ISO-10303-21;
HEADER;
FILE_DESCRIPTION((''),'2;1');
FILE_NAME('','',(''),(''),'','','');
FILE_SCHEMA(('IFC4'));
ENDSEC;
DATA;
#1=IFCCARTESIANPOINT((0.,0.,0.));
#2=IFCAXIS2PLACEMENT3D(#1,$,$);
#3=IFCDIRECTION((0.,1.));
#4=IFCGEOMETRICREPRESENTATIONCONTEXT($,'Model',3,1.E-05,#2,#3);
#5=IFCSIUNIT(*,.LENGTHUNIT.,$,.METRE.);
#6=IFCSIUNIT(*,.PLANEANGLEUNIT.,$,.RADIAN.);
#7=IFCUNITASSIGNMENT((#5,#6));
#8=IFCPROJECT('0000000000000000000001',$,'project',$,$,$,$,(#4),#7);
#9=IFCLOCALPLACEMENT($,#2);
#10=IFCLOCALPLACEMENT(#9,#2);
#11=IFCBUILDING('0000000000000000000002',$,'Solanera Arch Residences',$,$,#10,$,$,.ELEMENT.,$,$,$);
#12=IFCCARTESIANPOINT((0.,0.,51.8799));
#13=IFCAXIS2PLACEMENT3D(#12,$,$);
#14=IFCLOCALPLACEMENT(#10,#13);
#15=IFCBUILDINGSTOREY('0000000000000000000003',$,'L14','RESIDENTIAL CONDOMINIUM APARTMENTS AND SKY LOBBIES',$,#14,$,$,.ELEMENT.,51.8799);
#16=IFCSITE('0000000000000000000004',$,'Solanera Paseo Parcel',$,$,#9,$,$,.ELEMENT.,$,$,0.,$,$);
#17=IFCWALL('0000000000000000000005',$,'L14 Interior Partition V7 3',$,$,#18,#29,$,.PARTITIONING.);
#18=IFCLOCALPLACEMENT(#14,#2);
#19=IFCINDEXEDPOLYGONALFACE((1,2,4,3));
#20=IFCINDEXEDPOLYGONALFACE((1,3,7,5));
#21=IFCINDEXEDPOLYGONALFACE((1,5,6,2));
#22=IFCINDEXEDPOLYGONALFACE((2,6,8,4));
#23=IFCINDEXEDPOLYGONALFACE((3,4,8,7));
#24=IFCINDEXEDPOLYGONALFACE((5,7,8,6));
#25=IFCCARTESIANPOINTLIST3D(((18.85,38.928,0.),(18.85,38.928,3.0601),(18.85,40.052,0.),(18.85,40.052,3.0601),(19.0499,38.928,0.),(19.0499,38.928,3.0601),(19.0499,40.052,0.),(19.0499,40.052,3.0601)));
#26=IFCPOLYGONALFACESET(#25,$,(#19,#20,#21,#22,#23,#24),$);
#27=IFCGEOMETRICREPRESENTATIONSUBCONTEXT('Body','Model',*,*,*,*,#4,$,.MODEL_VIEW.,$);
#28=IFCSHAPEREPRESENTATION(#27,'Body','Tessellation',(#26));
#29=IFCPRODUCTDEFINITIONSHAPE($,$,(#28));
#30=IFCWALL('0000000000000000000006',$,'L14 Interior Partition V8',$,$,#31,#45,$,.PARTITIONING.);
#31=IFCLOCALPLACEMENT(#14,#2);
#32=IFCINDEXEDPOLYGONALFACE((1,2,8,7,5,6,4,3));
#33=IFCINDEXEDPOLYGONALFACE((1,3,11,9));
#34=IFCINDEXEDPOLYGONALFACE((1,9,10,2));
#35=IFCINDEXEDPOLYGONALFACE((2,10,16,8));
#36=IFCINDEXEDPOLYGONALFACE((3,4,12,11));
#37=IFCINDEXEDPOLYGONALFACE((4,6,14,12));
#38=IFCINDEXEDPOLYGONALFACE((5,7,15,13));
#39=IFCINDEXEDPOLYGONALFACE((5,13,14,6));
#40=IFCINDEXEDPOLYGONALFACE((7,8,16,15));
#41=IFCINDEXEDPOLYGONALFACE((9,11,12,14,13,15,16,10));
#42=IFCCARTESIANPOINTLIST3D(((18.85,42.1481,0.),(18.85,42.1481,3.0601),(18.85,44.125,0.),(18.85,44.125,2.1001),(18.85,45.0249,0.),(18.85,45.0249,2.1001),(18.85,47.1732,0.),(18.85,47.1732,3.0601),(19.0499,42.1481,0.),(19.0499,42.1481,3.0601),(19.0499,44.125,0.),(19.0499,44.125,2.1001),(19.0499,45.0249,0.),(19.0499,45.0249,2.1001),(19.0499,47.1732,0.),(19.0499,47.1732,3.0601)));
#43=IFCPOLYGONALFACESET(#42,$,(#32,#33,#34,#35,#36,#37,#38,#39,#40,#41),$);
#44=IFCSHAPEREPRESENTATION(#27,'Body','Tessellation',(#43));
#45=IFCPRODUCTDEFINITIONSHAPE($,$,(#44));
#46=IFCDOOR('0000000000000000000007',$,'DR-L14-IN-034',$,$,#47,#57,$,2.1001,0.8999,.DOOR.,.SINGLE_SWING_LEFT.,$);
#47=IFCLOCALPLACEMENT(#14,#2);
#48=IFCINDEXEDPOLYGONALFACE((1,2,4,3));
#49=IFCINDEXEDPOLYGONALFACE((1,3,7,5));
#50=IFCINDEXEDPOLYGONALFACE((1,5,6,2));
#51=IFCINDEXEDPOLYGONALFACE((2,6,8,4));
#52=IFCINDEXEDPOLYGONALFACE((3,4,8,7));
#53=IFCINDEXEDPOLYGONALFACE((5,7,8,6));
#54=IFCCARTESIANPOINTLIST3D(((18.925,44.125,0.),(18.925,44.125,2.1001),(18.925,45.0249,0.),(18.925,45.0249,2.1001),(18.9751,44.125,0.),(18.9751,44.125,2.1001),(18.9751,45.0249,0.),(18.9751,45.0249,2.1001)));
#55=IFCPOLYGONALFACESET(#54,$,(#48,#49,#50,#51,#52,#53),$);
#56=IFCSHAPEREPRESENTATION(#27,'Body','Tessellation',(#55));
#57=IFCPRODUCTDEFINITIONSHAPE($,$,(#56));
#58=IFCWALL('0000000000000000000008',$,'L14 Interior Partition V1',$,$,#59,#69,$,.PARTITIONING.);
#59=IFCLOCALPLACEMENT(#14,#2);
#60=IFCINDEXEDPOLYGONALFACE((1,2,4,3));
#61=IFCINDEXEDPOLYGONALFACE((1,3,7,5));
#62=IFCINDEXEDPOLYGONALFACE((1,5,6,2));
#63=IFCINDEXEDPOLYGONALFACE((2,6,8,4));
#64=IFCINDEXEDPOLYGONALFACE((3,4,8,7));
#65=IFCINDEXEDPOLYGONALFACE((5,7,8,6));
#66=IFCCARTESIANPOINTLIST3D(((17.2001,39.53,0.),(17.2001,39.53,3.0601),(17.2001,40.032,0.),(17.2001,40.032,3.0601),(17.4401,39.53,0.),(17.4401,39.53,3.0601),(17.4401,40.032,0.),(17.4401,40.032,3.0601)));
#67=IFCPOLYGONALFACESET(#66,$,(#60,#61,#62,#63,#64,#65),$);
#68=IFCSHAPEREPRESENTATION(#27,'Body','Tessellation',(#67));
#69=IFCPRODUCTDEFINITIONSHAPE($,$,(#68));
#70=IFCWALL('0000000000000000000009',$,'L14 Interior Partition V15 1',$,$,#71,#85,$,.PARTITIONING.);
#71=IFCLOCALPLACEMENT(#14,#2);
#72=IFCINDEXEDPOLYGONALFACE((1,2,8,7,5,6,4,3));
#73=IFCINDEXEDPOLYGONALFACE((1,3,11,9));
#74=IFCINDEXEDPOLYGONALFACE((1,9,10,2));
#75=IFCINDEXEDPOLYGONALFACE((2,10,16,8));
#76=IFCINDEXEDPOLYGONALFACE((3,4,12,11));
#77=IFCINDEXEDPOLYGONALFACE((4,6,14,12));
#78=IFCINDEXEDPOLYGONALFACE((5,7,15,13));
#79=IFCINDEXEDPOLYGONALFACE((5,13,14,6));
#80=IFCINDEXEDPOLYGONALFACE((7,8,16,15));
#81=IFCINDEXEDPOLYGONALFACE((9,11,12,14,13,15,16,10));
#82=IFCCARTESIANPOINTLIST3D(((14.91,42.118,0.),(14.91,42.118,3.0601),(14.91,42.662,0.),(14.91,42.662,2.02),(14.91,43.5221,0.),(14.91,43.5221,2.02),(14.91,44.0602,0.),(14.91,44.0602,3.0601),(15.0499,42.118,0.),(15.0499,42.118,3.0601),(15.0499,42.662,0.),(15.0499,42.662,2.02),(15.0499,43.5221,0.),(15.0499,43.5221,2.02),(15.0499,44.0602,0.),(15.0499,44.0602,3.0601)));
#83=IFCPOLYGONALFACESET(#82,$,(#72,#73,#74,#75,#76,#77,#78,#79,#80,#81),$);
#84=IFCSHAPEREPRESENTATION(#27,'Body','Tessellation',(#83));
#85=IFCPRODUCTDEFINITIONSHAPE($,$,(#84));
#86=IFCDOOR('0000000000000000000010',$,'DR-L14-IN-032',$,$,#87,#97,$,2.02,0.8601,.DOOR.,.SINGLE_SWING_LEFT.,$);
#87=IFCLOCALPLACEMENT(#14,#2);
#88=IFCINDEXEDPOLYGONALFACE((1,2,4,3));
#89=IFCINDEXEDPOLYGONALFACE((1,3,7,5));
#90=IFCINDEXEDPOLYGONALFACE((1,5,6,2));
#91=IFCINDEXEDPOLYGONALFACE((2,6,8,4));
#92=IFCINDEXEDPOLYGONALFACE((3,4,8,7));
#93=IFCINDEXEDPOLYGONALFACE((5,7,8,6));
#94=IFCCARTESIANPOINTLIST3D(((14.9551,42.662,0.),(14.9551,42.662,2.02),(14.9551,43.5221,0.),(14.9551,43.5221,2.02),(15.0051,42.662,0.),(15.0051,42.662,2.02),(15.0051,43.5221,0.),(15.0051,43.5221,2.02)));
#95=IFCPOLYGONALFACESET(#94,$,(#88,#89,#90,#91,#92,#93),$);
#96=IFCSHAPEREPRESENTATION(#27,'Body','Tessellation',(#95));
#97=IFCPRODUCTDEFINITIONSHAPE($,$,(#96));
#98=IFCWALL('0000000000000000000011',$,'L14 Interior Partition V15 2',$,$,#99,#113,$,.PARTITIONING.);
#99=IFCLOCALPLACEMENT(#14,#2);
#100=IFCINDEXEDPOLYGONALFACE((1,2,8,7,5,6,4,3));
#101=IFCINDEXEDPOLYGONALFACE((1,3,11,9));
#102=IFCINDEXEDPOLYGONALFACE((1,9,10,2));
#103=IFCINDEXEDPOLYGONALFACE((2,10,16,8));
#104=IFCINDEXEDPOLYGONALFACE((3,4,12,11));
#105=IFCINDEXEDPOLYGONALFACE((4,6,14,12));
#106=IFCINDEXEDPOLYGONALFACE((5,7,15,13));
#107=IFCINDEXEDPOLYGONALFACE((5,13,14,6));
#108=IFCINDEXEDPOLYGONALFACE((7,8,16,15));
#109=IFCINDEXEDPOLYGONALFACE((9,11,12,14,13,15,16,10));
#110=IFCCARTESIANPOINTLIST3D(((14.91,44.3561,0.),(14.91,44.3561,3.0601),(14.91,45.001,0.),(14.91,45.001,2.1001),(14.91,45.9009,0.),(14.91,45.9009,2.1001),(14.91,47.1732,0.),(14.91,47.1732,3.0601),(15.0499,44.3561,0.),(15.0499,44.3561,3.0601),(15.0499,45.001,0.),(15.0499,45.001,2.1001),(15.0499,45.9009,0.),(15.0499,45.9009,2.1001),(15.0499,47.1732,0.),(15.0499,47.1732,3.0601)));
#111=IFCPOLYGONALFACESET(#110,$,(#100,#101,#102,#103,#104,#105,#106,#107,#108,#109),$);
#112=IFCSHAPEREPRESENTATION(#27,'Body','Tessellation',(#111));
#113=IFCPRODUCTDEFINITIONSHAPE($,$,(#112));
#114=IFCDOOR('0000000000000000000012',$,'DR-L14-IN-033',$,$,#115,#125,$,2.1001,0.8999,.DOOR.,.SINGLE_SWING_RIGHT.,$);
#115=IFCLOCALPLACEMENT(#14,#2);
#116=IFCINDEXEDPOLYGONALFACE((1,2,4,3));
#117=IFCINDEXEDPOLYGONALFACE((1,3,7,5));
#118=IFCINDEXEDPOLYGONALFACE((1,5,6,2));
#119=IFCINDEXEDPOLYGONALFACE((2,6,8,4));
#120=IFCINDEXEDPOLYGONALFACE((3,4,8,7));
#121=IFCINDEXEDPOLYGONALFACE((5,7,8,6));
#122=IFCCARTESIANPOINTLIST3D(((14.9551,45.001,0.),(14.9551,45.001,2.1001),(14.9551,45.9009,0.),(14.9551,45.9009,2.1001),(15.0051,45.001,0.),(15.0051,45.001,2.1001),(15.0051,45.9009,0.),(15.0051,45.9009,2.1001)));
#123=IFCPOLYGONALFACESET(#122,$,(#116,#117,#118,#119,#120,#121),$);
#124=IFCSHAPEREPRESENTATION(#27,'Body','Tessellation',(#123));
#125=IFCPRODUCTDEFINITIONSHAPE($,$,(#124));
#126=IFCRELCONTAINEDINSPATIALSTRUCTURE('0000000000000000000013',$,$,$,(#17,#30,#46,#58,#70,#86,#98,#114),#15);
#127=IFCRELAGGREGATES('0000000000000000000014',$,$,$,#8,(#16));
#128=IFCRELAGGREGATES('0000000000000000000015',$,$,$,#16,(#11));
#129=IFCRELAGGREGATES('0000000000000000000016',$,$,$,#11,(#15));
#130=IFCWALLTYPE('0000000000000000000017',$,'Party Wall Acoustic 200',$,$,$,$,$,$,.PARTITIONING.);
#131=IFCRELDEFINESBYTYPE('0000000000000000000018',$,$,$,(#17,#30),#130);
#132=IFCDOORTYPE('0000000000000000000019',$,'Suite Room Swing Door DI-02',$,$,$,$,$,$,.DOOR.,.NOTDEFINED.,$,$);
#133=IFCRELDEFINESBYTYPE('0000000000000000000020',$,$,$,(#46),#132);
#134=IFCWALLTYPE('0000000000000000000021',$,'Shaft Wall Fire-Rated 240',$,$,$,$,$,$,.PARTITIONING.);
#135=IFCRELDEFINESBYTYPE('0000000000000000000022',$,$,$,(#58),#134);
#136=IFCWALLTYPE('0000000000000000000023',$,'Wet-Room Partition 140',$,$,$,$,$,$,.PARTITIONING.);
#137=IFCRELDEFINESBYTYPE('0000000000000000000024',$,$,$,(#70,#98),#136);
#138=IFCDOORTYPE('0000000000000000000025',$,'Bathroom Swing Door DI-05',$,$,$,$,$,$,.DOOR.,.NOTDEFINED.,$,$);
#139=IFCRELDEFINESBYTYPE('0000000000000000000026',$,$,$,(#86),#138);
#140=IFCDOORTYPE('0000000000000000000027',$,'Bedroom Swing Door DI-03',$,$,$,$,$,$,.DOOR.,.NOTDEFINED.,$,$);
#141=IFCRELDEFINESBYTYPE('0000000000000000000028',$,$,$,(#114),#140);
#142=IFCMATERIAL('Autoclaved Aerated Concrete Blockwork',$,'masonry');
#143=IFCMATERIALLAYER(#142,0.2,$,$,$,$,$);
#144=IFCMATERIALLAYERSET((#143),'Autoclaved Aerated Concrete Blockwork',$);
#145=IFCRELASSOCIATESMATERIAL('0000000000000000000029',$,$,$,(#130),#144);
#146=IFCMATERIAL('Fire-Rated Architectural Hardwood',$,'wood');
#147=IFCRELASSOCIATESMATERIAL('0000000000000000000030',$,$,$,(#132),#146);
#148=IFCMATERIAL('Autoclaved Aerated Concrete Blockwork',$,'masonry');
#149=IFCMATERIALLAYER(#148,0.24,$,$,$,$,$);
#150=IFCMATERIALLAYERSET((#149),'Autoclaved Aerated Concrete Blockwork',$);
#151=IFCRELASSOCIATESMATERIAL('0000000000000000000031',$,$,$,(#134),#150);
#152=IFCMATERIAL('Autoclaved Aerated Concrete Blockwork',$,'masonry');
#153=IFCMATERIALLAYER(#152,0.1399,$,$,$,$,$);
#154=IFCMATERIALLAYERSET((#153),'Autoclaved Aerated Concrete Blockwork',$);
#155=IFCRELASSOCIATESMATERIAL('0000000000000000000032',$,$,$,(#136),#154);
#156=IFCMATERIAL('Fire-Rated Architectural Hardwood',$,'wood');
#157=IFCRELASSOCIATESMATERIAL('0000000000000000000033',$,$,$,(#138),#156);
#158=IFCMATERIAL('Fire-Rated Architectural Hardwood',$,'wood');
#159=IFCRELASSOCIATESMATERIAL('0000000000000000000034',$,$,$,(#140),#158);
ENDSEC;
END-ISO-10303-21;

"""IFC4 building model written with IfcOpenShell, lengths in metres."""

from ifc_helpers import new_model, si_unit, direction, frame, frame_2d, origin, place, context, subcontext, project, spatial, rectangle, extrude, material, layer, layer_set, type_object, element, fill, save


model = new_model("IFC4")

# Units and contexts
model_context = context("Model", 3, precision=1e-05, world=origin(), true_north=direction((0.0, 1.0)))
body_context = subcontext(model_context, "Body", "Model", "MODEL_VIEW")
ifc_project = project(units=[si_unit("LENGTHUNIT", "METRE"), si_unit("PLANEANGLEUNIT", "RADIAN")], contexts=[model_context])

# Site, building, storey
site_placement = place(None, origin())
site = spatial("IfcSite", under=ifc_project, at=site_placement, Name="Solanera Paseo Parcel", CompositionType="ELEMENT", RefElevation=0.0)
building_placement = place(site_placement, origin())
building = spatial("IfcBuilding", under=site, at=building_placement, Name="Solanera Arch Residences", CompositionType="ELEMENT")
storey_placement = place(building_placement, frame((0.0, 0.0, 51.8799)))
storey = spatial("IfcBuildingStorey", under=building, at=storey_placement, Name="L14", Description="RESIDENTIAL CONDOMINIUM APARTMENTS AND SKY LOBBIES", CompositionType="ELEMENT", Elevation=51.8799)

# Wall
ifc_material_1 = material(Name="Autoclaved Aerated Concrete Blockwork", Category="masonry")
ifc_layer_1 = layer(ifc_material_1, 0.2)
ifc_layer_set_1 = layer_set([ifc_layer_1], Name="Autoclaved Aerated Concrete Blockwork")
wall_type_1 = type_object("IfcWallType", Name="Party Wall Acoustic 200", PredefinedType="PARTITIONING", material=ifc_layer_set_1)
wall_1_placement = place(storey_placement, frame((18.95, 38.928, 0.0), z_axis=(0.0, 0.0, 1.0), x_axis=(0.0, 1.0, 0.0)))
element("IfcWall", 1, at=wall_1_placement, inside=storey, type_object=wall_type_1, Name="L14 Interior Partition V7 3", PredefinedType="PARTITIONING", context=body_context, shape_type="SweptSolid", body=[
    extrude(rectangle(XDim=1.124, YDim=0.2, at=frame_2d((0.562, 0.0))), origin(), (0.0, 0.0, 1.0), 3.0601),
])

# Wall, opening, door
wall_2_placement = place(storey_placement, frame((18.95, 42.1479, 0.0), z_axis=(0.0, 0.0, 1.0), x_axis=(0.0, 1.0, 0.0)))
wall_2 = element("IfcWall", 2, at=wall_2_placement, inside=storey, type_object=wall_type_1, Name="L14 Interior Partition V8", PredefinedType="PARTITIONING", context=body_context, shape_type="SweptSolid", body=[
    extrude(rectangle(XDim=5.0251, YDim=0.2, at=frame_2d((2.5127, 0.0))), origin(), (0.0, 0.0, 1.0), 3.0601),
])
opening_1_placement = place(wall_2_placement, frame((1.9771, 0.0, 0.0)))
opening_1 = element("IfcOpeningElement", 3, at=opening_1_placement, cuts=wall_2, PredefinedType="OPENING", context=body_context, shape_type="SweptSolid", body=[
    extrude(rectangle(XDim=0.8999, YDim=2.1001, at=frame_2d((0.45, 1.05))), frame((0.0, 0.1101, 0.0), z_axis=(0.0, -1.0, 0.0), x_axis=(1.0, 0.0, 0.0)), (0.0, 0.0, 1.0), 0.22),
])
ifc_material_2 = material(Name="Fire-Rated Architectural Hardwood", Category="wood")
door_type_1 = type_object("IfcDoorType", Name="Suite Room Swing Door DI-02", OperationType="NOTDEFINED", PredefinedType="DOOR", material=ifc_material_2)
door_1_placement = place(opening_1_placement, origin())
door_1 = element("IfcDoor", 4, at=door_1_placement, inside=storey, type_object=door_type_1, Name="DR-L14-IN-034", OperationType="SINGLE_SWING_LEFT", OverallHeight=2.1001, OverallWidth=0.8999, PredefinedType="DOOR", context=body_context, shape_type="SweptSolid", body=[
    extrude(rectangle(XDim=0.8999, YDim=2.1001, at=frame_2d((0.45, 1.05))), frame((0.0, 0.0249, 0.0), z_axis=(0.0, -1.0, 0.0), x_axis=(1.0, 0.0, 0.0)), (0.0, 0.0, 1.0), 0.05),
])
fill(opening_1, door_1)

# Wall
ifc_material_3 = material(Name="Autoclaved Aerated Concrete Blockwork", Category="masonry")
ifc_layer_2 = layer(ifc_material_3, 0.24)
ifc_layer_set_2 = layer_set([ifc_layer_2], Name="Autoclaved Aerated Concrete Blockwork")
wall_type_2 = type_object("IfcWallType", Name="Shaft Wall Fire-Rated 240", PredefinedType="PARTITIONING", material=ifc_layer_set_2)
wall_3_placement = place(storey_placement, frame((17.3201, 39.53, 0.0), z_axis=(0.0, 0.0, 1.0), x_axis=(0.0, 1.0, 0.0)))
element("IfcWall", 5, at=wall_3_placement, inside=storey, type_object=wall_type_2, Name="L14 Interior Partition V1", PredefinedType="PARTITIONING", context=body_context, shape_type="SweptSolid", body=[
    extrude(rectangle(XDim=0.502, YDim=0.24, at=frame_2d((0.251, 0.0))), origin(), (0.0, 0.0, 1.0), 3.0601),
])

# Walls, openings, doors
ifc_material_4 = material(Name="Autoclaved Aerated Concrete Blockwork", Category="masonry")
ifc_layer_3 = layer(ifc_material_4, 0.1399)
ifc_layer_set_3 = layer_set([ifc_layer_3], Name="Autoclaved Aerated Concrete Blockwork")
wall_type_3 = type_object("IfcWallType", Name="Wet-Room Partition 140", PredefinedType="PARTITIONING", material=ifc_layer_set_3)
wall_4_placement = place(storey_placement, frame((14.98, 42.1179, 0.0), z_axis=(0.0, 0.0, 1.0), x_axis=(0.0, 1.0, 0.0)))
wall_4 = element("IfcWall", 6, at=wall_4_placement, inside=storey, type_object=wall_type_3, Name="L14 Interior Partition V15 1", PredefinedType="PARTITIONING", context=body_context, shape_type="SweptSolid", body=[
    extrude(rectangle(XDim=1.9421, YDim=0.1399, at=frame_2d((0.9712, 0.0))), origin(), (0.0, 0.0, 1.0), 3.0601),
])
opening_2_placement = place(wall_4_placement, frame((0.5439, 0.0, 0.0)))
opening_2 = element("IfcOpeningElement", 7, at=opening_2_placement, cuts=wall_4, PredefinedType="OPENING", context=body_context, shape_type="SweptSolid", body=[
    extrude(rectangle(XDim=0.8601, YDim=2.02, at=frame_2d((0.4302, 1.01))), frame((0.0, 0.0798, 0.0), z_axis=(0.0, -1.0, 0.0), x_axis=(1.0, 0.0, 0.0)), (0.0, 0.0, 1.0), 0.1599),
])
ifc_material_5 = material(Name="Fire-Rated Architectural Hardwood", Category="wood")
door_type_2 = type_object("IfcDoorType", Name="Bathroom Swing Door DI-05", OperationType="NOTDEFINED", PredefinedType="DOOR", material=ifc_material_5)
door_2_placement = place(opening_2_placement, origin())
door_2 = element("IfcDoor", 8, at=door_2_placement, inside=storey, type_object=door_type_2, Name="DR-L14-IN-032", OperationType="SINGLE_SWING_LEFT", OverallHeight=2.02, OverallWidth=0.8601, PredefinedType="DOOR", context=body_context, shape_type="SweptSolid", body=[
    extrude(rectangle(XDim=0.8601, YDim=2.02, at=frame_2d((0.4302, 1.01))), frame((0.0, 0.0249, 0.0), z_axis=(0.0, -1.0, 0.0), x_axis=(1.0, 0.0, 0.0)), (0.0, 0.0, 1.0), 0.05),
])
fill(opening_2, door_2)
wall_5_placement = place(storey_placement, frame((14.98, 44.356, 0.0), z_axis=(0.0, 0.0, 1.0), x_axis=(0.0, 1.0, 0.0)))
wall_5 = element("IfcWall", 9, at=wall_5_placement, inside=storey, type_object=wall_type_3, Name="L14 Interior Partition V15 2", PredefinedType="PARTITIONING", context=body_context, shape_type="SweptSolid", body=[
    extrude(rectangle(XDim=2.8171, YDim=0.1399, at=frame_2d((1.4087, 0.0))), origin(), (0.0, 0.0, 1.0), 3.0601),
])
opening_3_placement = place(wall_5_placement, frame((0.645, 0.0, 0.0)))
opening_3 = element("IfcOpeningElement", 10, at=opening_3_placement, cuts=wall_5, PredefinedType="OPENING", context=body_context, shape_type="SweptSolid", body=[
    extrude(rectangle(XDim=0.8999, YDim=2.1001, at=frame_2d((0.45, 1.05))), frame((0.0, 0.0798, 0.0), z_axis=(0.0, -1.0, 0.0), x_axis=(1.0, 0.0, 0.0)), (0.0, 0.0, 1.0), 0.1599),
])
ifc_material_6 = material(Name="Fire-Rated Architectural Hardwood", Category="wood")
door_type_3 = type_object("IfcDoorType", Name="Bedroom Swing Door DI-03", OperationType="NOTDEFINED", PredefinedType="DOOR", material=ifc_material_6)
door_3_placement = place(opening_3_placement, origin())
door_3 = element("IfcDoor", 11, at=door_3_placement, inside=storey, type_object=door_type_3, Name="DR-L14-IN-033", OperationType="SINGLE_SWING_RIGHT", OverallHeight=2.1001, OverallWidth=0.8999, PredefinedType="DOOR", context=body_context, shape_type="SweptSolid", body=[
    extrude(rectangle(XDim=0.8999, YDim=2.1001, at=frame_2d((0.45, 1.05))), frame((0.0, 0.0249, 0.0), z_axis=(0.0, -1.0, 0.0), x_axis=(1.0, 0.0, 0.0)), (0.0, 0.0, 1.0), 0.05),
])
fill(opening_3, door_3)

save(model, "model.ifc")
